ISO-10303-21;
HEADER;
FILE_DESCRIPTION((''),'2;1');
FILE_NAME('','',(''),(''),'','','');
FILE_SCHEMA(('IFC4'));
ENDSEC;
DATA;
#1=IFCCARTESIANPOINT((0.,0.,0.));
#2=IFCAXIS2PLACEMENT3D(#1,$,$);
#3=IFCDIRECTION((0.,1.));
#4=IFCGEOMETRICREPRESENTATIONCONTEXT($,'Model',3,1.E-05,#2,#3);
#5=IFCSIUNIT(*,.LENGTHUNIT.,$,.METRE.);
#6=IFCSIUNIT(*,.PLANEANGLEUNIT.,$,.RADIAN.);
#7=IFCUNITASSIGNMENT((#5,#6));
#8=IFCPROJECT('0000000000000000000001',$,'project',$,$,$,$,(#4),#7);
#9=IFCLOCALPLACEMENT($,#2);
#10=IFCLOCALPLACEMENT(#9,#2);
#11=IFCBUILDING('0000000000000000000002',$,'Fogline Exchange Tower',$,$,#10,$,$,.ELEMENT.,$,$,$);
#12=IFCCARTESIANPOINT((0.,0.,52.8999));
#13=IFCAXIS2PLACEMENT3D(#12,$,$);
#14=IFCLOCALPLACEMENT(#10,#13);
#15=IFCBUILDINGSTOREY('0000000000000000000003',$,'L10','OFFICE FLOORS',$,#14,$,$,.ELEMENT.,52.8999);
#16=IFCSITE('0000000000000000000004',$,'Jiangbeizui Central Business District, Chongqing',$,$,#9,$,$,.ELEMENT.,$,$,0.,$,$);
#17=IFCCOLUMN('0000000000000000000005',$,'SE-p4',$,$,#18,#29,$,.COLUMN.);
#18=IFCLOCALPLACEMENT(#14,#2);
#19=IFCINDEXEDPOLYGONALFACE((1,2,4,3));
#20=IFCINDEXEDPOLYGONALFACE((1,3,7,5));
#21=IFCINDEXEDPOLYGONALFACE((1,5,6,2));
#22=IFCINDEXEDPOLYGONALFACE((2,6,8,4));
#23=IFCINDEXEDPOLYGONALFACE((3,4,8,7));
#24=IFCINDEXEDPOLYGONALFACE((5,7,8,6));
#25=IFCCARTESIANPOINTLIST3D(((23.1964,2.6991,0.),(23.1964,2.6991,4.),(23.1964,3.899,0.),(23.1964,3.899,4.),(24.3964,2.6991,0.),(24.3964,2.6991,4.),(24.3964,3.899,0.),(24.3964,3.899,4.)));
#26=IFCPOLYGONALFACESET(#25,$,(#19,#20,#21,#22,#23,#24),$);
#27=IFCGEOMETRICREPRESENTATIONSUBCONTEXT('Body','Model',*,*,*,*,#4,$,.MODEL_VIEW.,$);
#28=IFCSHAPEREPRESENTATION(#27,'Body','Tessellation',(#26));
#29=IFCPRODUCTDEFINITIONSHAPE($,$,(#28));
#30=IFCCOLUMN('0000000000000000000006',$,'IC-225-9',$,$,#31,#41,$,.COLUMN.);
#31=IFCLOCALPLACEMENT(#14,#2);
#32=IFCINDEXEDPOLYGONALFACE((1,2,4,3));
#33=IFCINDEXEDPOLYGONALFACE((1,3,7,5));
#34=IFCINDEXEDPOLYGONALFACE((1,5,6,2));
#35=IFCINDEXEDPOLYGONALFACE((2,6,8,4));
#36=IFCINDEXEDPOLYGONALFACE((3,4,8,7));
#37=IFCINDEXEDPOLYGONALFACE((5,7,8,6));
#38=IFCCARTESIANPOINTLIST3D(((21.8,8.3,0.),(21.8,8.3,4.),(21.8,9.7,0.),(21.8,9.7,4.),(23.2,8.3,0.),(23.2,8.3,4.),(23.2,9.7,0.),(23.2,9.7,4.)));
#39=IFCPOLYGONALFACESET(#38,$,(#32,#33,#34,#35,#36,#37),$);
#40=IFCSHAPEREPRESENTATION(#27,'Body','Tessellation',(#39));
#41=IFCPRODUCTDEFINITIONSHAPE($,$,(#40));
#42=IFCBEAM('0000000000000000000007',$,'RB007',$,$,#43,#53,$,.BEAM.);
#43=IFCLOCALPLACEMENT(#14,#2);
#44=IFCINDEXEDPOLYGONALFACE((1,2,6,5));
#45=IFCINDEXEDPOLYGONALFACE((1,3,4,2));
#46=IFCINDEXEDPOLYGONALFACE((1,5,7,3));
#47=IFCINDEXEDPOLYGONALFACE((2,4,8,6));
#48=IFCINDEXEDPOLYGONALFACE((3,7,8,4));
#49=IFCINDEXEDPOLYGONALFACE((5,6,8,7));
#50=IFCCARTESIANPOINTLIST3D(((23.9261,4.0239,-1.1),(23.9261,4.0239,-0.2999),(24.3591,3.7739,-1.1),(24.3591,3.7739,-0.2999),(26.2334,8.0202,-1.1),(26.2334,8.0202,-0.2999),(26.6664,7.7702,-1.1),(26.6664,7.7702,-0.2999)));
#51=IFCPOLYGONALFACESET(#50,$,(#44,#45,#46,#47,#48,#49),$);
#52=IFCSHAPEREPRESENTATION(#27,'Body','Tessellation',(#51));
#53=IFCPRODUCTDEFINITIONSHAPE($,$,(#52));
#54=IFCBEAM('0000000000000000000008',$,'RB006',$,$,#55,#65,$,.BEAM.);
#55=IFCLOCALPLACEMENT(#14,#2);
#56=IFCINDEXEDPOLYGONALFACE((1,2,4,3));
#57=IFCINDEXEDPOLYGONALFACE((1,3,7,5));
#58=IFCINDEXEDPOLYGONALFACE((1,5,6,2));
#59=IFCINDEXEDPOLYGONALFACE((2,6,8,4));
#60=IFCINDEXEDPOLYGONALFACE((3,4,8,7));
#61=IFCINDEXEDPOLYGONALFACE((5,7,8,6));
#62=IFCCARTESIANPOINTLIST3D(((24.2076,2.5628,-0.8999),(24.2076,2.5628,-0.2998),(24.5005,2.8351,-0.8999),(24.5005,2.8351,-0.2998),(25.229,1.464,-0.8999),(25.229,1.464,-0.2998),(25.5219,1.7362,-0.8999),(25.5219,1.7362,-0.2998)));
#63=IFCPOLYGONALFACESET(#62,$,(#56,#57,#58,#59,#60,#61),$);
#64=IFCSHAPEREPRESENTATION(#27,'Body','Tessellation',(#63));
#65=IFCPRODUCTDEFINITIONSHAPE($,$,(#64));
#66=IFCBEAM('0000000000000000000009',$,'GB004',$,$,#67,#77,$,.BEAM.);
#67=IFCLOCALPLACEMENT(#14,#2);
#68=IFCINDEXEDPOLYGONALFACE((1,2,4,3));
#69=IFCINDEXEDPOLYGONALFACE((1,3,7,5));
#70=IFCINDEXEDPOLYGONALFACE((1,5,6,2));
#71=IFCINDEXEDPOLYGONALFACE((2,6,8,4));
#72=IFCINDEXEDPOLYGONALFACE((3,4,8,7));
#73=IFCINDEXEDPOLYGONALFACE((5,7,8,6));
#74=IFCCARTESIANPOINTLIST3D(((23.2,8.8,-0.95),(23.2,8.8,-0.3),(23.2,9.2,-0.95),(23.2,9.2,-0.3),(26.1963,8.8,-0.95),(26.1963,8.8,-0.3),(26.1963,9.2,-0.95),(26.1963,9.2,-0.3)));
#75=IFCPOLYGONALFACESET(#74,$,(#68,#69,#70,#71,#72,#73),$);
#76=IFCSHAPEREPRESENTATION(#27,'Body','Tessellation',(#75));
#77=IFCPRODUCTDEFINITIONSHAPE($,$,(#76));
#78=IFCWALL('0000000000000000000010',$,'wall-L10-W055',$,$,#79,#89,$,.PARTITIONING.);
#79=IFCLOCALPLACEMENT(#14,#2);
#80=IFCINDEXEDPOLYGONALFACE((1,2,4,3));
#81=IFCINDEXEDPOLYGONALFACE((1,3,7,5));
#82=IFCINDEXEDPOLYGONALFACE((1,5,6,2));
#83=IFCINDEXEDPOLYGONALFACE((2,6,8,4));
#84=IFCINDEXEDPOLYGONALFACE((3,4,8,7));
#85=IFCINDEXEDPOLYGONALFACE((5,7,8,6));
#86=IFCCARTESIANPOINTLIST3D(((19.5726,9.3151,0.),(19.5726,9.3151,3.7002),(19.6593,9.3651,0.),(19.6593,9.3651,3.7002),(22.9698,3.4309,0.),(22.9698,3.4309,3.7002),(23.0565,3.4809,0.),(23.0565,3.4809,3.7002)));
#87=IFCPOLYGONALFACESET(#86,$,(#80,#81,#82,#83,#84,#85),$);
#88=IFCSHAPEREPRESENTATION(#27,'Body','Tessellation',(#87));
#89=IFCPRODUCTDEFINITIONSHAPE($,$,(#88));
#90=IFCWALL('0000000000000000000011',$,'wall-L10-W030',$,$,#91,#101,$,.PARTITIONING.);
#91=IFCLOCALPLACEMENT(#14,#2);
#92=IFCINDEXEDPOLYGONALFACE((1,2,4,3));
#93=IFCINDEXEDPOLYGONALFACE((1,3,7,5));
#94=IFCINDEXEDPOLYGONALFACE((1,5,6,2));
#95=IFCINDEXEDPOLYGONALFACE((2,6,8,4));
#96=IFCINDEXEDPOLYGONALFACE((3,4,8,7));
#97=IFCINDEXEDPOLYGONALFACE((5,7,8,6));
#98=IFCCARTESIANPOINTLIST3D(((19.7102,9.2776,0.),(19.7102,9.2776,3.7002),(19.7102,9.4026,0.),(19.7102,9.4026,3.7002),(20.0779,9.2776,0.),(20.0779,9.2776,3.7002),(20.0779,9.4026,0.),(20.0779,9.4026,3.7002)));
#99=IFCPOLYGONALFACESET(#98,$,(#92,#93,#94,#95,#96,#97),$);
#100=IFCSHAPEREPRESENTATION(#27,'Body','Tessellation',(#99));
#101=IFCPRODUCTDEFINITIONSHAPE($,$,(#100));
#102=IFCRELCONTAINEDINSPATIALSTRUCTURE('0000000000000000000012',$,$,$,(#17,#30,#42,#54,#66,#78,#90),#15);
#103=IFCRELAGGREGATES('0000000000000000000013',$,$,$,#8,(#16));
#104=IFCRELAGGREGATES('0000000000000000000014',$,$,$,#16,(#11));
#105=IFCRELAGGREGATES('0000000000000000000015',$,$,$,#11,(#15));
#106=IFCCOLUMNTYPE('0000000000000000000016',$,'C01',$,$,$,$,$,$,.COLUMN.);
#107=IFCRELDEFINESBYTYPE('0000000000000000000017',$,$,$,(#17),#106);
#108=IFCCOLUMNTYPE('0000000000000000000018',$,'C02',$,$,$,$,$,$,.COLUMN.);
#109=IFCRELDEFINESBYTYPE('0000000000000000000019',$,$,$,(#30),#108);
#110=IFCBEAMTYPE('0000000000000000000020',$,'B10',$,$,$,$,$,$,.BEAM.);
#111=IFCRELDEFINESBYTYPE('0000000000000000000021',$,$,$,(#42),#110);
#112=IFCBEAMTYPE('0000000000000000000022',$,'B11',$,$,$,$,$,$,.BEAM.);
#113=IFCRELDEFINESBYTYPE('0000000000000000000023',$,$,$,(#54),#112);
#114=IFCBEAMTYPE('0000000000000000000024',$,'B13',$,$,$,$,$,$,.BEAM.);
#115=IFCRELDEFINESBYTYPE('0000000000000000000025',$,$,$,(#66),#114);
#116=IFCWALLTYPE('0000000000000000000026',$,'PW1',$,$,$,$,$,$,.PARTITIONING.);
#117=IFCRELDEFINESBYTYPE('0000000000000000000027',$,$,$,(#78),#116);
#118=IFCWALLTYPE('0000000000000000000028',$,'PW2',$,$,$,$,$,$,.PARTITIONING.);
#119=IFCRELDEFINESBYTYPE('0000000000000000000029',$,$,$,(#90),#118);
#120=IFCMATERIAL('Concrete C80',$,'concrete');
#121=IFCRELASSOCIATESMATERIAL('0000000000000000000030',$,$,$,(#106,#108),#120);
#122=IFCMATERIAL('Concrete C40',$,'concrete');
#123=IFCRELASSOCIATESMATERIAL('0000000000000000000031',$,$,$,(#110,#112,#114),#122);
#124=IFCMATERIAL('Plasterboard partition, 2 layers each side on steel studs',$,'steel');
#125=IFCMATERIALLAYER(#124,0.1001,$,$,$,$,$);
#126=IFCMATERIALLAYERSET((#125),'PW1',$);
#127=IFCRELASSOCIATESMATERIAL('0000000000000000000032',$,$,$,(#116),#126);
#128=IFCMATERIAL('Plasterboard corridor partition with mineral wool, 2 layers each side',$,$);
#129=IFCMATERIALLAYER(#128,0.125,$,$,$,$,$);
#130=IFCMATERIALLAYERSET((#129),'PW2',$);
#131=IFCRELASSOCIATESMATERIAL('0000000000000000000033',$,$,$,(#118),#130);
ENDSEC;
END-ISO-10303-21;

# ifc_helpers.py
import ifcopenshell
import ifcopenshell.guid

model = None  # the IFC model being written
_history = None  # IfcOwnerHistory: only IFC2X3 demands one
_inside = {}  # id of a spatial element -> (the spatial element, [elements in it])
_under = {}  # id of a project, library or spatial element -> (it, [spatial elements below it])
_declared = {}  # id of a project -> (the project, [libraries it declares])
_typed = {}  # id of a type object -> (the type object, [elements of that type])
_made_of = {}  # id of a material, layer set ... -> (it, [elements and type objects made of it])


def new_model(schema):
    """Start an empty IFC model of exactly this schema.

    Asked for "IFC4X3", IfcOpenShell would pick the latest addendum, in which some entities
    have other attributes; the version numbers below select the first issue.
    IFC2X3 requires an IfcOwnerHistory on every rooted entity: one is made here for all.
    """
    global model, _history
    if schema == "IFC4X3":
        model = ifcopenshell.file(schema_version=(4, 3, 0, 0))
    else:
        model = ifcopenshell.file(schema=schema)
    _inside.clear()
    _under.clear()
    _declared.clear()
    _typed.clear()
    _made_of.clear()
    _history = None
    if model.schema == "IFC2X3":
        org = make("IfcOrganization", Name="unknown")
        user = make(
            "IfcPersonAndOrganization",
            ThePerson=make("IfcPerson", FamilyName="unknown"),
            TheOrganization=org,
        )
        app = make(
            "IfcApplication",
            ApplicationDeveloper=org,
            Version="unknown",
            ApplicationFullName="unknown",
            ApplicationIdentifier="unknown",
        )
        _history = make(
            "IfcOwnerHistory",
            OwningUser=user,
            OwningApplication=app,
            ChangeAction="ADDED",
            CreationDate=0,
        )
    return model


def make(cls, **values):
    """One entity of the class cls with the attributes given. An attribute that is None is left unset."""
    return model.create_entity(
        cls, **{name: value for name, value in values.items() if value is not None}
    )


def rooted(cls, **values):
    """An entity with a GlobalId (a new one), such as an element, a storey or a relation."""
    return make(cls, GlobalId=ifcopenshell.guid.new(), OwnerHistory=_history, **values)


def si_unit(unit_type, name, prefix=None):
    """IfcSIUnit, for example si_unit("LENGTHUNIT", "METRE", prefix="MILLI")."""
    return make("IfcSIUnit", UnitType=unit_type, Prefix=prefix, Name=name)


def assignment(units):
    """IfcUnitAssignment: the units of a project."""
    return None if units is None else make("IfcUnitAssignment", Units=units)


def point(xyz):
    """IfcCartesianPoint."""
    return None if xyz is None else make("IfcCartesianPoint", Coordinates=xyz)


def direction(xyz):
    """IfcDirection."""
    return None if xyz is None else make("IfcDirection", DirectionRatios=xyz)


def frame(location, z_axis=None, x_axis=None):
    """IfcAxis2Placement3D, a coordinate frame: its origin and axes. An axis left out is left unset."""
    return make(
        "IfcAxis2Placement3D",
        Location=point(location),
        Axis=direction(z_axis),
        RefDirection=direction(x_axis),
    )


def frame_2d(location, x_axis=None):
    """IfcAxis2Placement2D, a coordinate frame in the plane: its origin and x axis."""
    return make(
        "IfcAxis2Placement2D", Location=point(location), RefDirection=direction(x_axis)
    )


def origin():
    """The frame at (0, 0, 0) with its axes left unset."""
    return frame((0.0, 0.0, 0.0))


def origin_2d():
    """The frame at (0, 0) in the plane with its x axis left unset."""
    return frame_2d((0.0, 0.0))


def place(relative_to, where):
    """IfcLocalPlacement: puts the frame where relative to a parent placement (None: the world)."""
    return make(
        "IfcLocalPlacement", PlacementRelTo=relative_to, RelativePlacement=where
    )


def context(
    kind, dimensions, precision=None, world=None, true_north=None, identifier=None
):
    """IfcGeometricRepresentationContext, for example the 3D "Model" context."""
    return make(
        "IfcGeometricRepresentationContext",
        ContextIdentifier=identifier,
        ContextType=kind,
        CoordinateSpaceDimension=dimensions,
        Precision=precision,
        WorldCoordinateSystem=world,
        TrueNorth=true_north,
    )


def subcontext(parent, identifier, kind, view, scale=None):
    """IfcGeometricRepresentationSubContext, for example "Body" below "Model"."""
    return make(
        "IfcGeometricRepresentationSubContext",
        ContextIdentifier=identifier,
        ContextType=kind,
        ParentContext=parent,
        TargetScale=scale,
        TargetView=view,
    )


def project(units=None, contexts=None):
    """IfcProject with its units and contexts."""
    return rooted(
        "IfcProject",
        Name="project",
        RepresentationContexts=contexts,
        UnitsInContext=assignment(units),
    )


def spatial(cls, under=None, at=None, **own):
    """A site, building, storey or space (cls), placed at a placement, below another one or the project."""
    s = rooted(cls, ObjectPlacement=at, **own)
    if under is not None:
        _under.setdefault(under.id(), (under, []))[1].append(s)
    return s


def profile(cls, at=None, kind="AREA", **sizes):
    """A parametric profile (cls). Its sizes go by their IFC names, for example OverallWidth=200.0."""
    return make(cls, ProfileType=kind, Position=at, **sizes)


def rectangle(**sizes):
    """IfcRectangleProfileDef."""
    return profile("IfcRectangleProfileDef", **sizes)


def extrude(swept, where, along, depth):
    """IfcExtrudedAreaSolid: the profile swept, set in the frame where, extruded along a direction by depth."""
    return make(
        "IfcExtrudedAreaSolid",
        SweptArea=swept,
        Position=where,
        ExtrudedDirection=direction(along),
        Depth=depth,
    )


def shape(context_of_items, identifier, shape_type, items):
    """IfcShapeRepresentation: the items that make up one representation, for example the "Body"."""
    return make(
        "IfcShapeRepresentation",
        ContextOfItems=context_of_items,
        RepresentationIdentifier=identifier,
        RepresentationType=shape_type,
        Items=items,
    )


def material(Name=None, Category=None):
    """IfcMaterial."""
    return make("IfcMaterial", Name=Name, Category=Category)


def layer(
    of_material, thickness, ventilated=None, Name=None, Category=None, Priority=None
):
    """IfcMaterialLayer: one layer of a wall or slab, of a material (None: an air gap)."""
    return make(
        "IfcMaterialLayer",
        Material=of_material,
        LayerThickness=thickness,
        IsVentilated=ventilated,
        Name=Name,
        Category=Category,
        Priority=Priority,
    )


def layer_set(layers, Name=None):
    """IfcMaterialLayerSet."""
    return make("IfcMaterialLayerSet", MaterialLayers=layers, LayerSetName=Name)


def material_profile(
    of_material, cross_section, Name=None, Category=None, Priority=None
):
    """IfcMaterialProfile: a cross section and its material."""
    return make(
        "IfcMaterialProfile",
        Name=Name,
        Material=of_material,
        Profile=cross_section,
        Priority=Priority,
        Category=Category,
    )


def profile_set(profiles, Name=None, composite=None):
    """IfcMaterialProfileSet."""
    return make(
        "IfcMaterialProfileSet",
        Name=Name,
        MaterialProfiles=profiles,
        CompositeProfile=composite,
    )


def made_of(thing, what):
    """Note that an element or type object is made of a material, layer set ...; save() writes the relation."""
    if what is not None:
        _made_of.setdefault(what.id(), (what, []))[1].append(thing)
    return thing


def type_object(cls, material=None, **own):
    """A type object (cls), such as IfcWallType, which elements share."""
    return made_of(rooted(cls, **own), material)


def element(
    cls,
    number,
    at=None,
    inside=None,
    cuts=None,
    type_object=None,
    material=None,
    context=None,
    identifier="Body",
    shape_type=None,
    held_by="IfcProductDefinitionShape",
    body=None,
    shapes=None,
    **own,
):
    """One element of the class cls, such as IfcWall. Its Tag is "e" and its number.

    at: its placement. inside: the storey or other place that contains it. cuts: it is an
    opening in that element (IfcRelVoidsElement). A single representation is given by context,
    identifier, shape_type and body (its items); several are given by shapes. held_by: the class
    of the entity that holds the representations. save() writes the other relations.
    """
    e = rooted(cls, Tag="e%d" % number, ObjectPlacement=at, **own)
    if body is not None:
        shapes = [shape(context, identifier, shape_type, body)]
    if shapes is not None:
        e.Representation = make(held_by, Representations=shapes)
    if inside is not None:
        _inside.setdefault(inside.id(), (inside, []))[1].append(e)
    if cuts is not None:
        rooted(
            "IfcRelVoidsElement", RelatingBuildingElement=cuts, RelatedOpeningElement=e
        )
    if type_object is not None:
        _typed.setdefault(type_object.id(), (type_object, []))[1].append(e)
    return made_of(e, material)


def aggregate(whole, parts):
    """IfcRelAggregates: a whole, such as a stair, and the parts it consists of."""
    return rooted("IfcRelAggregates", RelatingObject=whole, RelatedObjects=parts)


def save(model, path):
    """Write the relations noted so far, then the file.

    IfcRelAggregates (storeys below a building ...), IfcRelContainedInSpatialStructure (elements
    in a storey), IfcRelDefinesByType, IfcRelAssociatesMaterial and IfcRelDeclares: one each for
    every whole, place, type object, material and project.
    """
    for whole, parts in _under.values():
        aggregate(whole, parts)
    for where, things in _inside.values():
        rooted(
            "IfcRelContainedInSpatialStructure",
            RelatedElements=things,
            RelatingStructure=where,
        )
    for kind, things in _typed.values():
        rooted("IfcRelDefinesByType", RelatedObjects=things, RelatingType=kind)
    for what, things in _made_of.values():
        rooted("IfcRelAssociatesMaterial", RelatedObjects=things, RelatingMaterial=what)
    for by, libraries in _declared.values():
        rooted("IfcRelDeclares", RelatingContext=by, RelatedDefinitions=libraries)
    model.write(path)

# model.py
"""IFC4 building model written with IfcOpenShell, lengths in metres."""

from ifc_helpers import new_model, si_unit, direction, frame, frame_2d, origin, origin_2d, place, context, subcontext, project, spatial, rectangle, extrude, material, layer, layer_set, material_profile, profile_set, type_object, element, save


model = new_model("IFC4")

# Units and contexts
model_context = context("Model", 3, precision=1e-05, world=origin(), true_north=direction((0.0, 1.0)))
body_context = subcontext(model_context, "Body", "Model", "MODEL_VIEW")
ifc_project = project(units=[si_unit("LENGTHUNIT", "METRE"), si_unit("PLANEANGLEUNIT", "RADIAN")], contexts=[model_context])

# Site, building, storey
site_placement = place(None, origin())
site = spatial("IfcSite", under=ifc_project, at=site_placement, Name="Jiangbeizui Central Business District, Chongqing", CompositionType="ELEMENT", RefElevation=0.0)
building_placement = place(site_placement, origin())
building = spatial("IfcBuilding", under=site, at=building_placement, Name="Fogline Exchange Tower", CompositionType="ELEMENT")
storey_placement = place(building_placement, frame((0.0, 0.0, 52.8999)))
storey = spatial("IfcBuildingStorey", under=building, at=storey_placement, Name="L10", Description="OFFICE FLOORS", CompositionType="ELEMENT", Elevation=52.8999)

# Columns
ifc_material_1 = material(Name="Concrete C80", Category="concrete")
ifc_material_profile_1 = material_profile(ifc_material_1, rectangle(XDim=1.2, YDim=1.2, at=origin_2d()), Name="RC 1200x1200")
ifc_profile_set_1 = profile_set([ifc_material_profile_1], Name="Concrete C80")
column_type_1 = type_object("IfcColumnType", Name="C01", PredefinedType="COLUMN", material=ifc_profile_set_1)
column_1_placement = place(storey_placement, frame((23.7964, 3.2991, 0.0), z_axis=(0.0, 0.0, 1.0), x_axis=(1.0, 0.0, 0.0)))
element("IfcColumn", 1, at=column_1_placement, inside=storey, type_object=column_type_1, Name="SE-p4", PredefinedType="COLUMN", context=body_context, shape_type="SweptSolid", body=[
    extrude(rectangle(XDim=1.2, YDim=1.2, at=origin_2d()), origin(), (0.0, 0.0, 1.0), 4.0),
])
ifc_material_profile_2 = material_profile(ifc_material_1, rectangle(XDim=1.3999, YDim=1.3999, at=origin_2d()), Name="RC 1400x1400")
ifc_profile_set_2 = profile_set([ifc_material_profile_2], Name="Concrete C80")
column_type_2 = type_object("IfcColumnType", Name="C02", PredefinedType="COLUMN", material=ifc_profile_set_2)
column_2_placement = place(storey_placement, frame((22.5, 9.0, 0.0), z_axis=(0.0, 0.0, 1.0), x_axis=(1.0, 0.0, 0.0)))
element("IfcColumn", 2, at=column_2_placement, inside=storey, type_object=column_type_2, Name="IC-225-9", PredefinedType="COLUMN", context=body_context, shape_type="SweptSolid", body=[
    extrude(rectangle(XDim=1.3999, YDim=1.3999, at=origin_2d()), origin(), (0.0, 0.0, 1.0), 4.0),
])

# Beams
ifc_material_2 = material(Name="Concrete C40", Category="concrete")
ifc_material_profile_3 = material_profile(ifc_material_2, rectangle(XDim=0.5, YDim=0.8, at=origin_2d()), Name="RC 500x800")
ifc_profile_set_3 = profile_set([ifc_material_profile_3], Name="Concrete C40")
beam_type_1 = type_object("IfcBeamType", Name="B10", PredefinedType="BEAM", material=ifc_profile_set_3)
beam_1_placement = place(storey_placement, frame((24.1426, 3.8989, -0.7), z_axis=(0.500014, 0.866017, 0.0), x_axis=(-0.866017, 0.500014, 0.0)))
element("IfcBeam", 3, at=beam_1_placement, inside=storey, type_object=beam_type_1, Name="RB007", PredefinedType="BEAM", context=body_context, shape_type="SweptSolid", body=[
    extrude(rectangle(XDim=0.5, YDim=0.8, at=origin_2d()), origin(), (0.0, 0.0, 1.0), 4.6145),
])
ifc_material_profile_4 = material_profile(ifc_material_2, rectangle(XDim=0.3999, YDim=0.6001, at=origin_2d()), Name="RC 400x600")
ifc_profile_set_4 = profile_set([ifc_material_profile_4], Name="Concrete C40")
beam_type_2 = type_object("IfcBeamType", Name="B11", PredefinedType="BEAM", material=ifc_profile_set_4)
beam_2_placement = place(storey_placement, frame((25.3755, 1.6001, -0.5999), z_axis=(-0.680844, 0.732428, 0.0), x_axis=(-0.732428, -0.680844, 0.0)))
element("IfcBeam", 4, at=beam_2_placement, inside=storey, type_object=beam_type_2, Name="RB006", PredefinedType="BEAM", context=body_context, shape_type="SweptSolid", body=[
    extrude(rectangle(XDim=0.3999, YDim=0.6001, at=origin_2d()), origin(), (0.0, 0.0, 1.0), 1.5002),
])
ifc_material_profile_5 = material_profile(ifc_material_2, rectangle(XDim=0.3999, YDim=0.6499, at=origin_2d()), Name="RC 400x650")
ifc_profile_set_5 = profile_set([ifc_material_profile_5], Name="Concrete C40")
beam_type_3 = type_object("IfcBeamType", Name="B13", PredefinedType="BEAM", material=ifc_profile_set_5)
beam_3_placement = place(storey_placement, frame((23.2, 9.0, -0.625), z_axis=(1.0, 0.0, 0.0), x_axis=(0.0, 1.0, 0.0)))
element("IfcBeam", 5, at=beam_3_placement, inside=storey, type_object=beam_type_3, Name="GB004", PredefinedType="BEAM", context=body_context, shape_type="SweptSolid", body=[
    extrude(rectangle(XDim=0.3999, YDim=0.6499, at=origin_2d()), origin(), (0.0, 0.0, 1.0), 2.9963),
])

# Walls
ifc_material_3 = material(Name="Plasterboard partition, 2 layers each side on steel studs", Category="steel")
ifc_layer_1 = layer(ifc_material_3, 0.1001)
ifc_layer_set_1 = layer_set([ifc_layer_1], Name="PW1")
wall_type_1 = type_object("IfcWallType", Name="PW1", PredefinedType="PARTITIONING", material=ifc_layer_set_1)
wall_1_placement = place(storey_placement, frame((19.616, 9.3401, 0.0), z_axis=(0.0, 0.0, 1.0), x_axis=(0.499992, -0.86603, 0.0)))
element("IfcWall", 6, at=wall_1_placement, inside=storey, type_object=wall_type_1, Name="wall-L10-W055", PredefinedType="PARTITIONING", context=body_context, shape_type="SweptSolid", body=[
    extrude(rectangle(XDim=6.7944, YDim=0.1001, at=frame_2d((3.3972, 0.0))), origin(), (0.0, 0.0, 1.0), 3.7002),
])
ifc_material_4 = material(Name="Plasterboard corridor partition with mineral wool, 2 layers each side")
ifc_layer_2 = layer(ifc_material_4, 0.125)
ifc_layer_set_2 = layer_set([ifc_layer_2], Name="PW2")
wall_type_2 = type_object("IfcWallType", Name="PW2", PredefinedType="PARTITIONING", material=ifc_layer_set_2)
wall_2_placement = place(storey_placement, frame((20.0779, 9.3401, 0.0), z_axis=(0.0, 0.0, 1.0), x_axis=(-1.0, 0.0, 0.0)))
element("IfcWall", 7, at=wall_2_placement, inside=storey, type_object=wall_type_2, Name="wall-L10-W030", PredefinedType="PARTITIONING", context=body_context, shape_type="SweptSolid", body=[
    extrude(rectangle(XDim=0.3677, YDim=0.125, at=frame_2d((0.1838, 0.0))), origin(), (0.0, 0.0, 1.0), 3.7002),
])

save(model, "model.ifc")
